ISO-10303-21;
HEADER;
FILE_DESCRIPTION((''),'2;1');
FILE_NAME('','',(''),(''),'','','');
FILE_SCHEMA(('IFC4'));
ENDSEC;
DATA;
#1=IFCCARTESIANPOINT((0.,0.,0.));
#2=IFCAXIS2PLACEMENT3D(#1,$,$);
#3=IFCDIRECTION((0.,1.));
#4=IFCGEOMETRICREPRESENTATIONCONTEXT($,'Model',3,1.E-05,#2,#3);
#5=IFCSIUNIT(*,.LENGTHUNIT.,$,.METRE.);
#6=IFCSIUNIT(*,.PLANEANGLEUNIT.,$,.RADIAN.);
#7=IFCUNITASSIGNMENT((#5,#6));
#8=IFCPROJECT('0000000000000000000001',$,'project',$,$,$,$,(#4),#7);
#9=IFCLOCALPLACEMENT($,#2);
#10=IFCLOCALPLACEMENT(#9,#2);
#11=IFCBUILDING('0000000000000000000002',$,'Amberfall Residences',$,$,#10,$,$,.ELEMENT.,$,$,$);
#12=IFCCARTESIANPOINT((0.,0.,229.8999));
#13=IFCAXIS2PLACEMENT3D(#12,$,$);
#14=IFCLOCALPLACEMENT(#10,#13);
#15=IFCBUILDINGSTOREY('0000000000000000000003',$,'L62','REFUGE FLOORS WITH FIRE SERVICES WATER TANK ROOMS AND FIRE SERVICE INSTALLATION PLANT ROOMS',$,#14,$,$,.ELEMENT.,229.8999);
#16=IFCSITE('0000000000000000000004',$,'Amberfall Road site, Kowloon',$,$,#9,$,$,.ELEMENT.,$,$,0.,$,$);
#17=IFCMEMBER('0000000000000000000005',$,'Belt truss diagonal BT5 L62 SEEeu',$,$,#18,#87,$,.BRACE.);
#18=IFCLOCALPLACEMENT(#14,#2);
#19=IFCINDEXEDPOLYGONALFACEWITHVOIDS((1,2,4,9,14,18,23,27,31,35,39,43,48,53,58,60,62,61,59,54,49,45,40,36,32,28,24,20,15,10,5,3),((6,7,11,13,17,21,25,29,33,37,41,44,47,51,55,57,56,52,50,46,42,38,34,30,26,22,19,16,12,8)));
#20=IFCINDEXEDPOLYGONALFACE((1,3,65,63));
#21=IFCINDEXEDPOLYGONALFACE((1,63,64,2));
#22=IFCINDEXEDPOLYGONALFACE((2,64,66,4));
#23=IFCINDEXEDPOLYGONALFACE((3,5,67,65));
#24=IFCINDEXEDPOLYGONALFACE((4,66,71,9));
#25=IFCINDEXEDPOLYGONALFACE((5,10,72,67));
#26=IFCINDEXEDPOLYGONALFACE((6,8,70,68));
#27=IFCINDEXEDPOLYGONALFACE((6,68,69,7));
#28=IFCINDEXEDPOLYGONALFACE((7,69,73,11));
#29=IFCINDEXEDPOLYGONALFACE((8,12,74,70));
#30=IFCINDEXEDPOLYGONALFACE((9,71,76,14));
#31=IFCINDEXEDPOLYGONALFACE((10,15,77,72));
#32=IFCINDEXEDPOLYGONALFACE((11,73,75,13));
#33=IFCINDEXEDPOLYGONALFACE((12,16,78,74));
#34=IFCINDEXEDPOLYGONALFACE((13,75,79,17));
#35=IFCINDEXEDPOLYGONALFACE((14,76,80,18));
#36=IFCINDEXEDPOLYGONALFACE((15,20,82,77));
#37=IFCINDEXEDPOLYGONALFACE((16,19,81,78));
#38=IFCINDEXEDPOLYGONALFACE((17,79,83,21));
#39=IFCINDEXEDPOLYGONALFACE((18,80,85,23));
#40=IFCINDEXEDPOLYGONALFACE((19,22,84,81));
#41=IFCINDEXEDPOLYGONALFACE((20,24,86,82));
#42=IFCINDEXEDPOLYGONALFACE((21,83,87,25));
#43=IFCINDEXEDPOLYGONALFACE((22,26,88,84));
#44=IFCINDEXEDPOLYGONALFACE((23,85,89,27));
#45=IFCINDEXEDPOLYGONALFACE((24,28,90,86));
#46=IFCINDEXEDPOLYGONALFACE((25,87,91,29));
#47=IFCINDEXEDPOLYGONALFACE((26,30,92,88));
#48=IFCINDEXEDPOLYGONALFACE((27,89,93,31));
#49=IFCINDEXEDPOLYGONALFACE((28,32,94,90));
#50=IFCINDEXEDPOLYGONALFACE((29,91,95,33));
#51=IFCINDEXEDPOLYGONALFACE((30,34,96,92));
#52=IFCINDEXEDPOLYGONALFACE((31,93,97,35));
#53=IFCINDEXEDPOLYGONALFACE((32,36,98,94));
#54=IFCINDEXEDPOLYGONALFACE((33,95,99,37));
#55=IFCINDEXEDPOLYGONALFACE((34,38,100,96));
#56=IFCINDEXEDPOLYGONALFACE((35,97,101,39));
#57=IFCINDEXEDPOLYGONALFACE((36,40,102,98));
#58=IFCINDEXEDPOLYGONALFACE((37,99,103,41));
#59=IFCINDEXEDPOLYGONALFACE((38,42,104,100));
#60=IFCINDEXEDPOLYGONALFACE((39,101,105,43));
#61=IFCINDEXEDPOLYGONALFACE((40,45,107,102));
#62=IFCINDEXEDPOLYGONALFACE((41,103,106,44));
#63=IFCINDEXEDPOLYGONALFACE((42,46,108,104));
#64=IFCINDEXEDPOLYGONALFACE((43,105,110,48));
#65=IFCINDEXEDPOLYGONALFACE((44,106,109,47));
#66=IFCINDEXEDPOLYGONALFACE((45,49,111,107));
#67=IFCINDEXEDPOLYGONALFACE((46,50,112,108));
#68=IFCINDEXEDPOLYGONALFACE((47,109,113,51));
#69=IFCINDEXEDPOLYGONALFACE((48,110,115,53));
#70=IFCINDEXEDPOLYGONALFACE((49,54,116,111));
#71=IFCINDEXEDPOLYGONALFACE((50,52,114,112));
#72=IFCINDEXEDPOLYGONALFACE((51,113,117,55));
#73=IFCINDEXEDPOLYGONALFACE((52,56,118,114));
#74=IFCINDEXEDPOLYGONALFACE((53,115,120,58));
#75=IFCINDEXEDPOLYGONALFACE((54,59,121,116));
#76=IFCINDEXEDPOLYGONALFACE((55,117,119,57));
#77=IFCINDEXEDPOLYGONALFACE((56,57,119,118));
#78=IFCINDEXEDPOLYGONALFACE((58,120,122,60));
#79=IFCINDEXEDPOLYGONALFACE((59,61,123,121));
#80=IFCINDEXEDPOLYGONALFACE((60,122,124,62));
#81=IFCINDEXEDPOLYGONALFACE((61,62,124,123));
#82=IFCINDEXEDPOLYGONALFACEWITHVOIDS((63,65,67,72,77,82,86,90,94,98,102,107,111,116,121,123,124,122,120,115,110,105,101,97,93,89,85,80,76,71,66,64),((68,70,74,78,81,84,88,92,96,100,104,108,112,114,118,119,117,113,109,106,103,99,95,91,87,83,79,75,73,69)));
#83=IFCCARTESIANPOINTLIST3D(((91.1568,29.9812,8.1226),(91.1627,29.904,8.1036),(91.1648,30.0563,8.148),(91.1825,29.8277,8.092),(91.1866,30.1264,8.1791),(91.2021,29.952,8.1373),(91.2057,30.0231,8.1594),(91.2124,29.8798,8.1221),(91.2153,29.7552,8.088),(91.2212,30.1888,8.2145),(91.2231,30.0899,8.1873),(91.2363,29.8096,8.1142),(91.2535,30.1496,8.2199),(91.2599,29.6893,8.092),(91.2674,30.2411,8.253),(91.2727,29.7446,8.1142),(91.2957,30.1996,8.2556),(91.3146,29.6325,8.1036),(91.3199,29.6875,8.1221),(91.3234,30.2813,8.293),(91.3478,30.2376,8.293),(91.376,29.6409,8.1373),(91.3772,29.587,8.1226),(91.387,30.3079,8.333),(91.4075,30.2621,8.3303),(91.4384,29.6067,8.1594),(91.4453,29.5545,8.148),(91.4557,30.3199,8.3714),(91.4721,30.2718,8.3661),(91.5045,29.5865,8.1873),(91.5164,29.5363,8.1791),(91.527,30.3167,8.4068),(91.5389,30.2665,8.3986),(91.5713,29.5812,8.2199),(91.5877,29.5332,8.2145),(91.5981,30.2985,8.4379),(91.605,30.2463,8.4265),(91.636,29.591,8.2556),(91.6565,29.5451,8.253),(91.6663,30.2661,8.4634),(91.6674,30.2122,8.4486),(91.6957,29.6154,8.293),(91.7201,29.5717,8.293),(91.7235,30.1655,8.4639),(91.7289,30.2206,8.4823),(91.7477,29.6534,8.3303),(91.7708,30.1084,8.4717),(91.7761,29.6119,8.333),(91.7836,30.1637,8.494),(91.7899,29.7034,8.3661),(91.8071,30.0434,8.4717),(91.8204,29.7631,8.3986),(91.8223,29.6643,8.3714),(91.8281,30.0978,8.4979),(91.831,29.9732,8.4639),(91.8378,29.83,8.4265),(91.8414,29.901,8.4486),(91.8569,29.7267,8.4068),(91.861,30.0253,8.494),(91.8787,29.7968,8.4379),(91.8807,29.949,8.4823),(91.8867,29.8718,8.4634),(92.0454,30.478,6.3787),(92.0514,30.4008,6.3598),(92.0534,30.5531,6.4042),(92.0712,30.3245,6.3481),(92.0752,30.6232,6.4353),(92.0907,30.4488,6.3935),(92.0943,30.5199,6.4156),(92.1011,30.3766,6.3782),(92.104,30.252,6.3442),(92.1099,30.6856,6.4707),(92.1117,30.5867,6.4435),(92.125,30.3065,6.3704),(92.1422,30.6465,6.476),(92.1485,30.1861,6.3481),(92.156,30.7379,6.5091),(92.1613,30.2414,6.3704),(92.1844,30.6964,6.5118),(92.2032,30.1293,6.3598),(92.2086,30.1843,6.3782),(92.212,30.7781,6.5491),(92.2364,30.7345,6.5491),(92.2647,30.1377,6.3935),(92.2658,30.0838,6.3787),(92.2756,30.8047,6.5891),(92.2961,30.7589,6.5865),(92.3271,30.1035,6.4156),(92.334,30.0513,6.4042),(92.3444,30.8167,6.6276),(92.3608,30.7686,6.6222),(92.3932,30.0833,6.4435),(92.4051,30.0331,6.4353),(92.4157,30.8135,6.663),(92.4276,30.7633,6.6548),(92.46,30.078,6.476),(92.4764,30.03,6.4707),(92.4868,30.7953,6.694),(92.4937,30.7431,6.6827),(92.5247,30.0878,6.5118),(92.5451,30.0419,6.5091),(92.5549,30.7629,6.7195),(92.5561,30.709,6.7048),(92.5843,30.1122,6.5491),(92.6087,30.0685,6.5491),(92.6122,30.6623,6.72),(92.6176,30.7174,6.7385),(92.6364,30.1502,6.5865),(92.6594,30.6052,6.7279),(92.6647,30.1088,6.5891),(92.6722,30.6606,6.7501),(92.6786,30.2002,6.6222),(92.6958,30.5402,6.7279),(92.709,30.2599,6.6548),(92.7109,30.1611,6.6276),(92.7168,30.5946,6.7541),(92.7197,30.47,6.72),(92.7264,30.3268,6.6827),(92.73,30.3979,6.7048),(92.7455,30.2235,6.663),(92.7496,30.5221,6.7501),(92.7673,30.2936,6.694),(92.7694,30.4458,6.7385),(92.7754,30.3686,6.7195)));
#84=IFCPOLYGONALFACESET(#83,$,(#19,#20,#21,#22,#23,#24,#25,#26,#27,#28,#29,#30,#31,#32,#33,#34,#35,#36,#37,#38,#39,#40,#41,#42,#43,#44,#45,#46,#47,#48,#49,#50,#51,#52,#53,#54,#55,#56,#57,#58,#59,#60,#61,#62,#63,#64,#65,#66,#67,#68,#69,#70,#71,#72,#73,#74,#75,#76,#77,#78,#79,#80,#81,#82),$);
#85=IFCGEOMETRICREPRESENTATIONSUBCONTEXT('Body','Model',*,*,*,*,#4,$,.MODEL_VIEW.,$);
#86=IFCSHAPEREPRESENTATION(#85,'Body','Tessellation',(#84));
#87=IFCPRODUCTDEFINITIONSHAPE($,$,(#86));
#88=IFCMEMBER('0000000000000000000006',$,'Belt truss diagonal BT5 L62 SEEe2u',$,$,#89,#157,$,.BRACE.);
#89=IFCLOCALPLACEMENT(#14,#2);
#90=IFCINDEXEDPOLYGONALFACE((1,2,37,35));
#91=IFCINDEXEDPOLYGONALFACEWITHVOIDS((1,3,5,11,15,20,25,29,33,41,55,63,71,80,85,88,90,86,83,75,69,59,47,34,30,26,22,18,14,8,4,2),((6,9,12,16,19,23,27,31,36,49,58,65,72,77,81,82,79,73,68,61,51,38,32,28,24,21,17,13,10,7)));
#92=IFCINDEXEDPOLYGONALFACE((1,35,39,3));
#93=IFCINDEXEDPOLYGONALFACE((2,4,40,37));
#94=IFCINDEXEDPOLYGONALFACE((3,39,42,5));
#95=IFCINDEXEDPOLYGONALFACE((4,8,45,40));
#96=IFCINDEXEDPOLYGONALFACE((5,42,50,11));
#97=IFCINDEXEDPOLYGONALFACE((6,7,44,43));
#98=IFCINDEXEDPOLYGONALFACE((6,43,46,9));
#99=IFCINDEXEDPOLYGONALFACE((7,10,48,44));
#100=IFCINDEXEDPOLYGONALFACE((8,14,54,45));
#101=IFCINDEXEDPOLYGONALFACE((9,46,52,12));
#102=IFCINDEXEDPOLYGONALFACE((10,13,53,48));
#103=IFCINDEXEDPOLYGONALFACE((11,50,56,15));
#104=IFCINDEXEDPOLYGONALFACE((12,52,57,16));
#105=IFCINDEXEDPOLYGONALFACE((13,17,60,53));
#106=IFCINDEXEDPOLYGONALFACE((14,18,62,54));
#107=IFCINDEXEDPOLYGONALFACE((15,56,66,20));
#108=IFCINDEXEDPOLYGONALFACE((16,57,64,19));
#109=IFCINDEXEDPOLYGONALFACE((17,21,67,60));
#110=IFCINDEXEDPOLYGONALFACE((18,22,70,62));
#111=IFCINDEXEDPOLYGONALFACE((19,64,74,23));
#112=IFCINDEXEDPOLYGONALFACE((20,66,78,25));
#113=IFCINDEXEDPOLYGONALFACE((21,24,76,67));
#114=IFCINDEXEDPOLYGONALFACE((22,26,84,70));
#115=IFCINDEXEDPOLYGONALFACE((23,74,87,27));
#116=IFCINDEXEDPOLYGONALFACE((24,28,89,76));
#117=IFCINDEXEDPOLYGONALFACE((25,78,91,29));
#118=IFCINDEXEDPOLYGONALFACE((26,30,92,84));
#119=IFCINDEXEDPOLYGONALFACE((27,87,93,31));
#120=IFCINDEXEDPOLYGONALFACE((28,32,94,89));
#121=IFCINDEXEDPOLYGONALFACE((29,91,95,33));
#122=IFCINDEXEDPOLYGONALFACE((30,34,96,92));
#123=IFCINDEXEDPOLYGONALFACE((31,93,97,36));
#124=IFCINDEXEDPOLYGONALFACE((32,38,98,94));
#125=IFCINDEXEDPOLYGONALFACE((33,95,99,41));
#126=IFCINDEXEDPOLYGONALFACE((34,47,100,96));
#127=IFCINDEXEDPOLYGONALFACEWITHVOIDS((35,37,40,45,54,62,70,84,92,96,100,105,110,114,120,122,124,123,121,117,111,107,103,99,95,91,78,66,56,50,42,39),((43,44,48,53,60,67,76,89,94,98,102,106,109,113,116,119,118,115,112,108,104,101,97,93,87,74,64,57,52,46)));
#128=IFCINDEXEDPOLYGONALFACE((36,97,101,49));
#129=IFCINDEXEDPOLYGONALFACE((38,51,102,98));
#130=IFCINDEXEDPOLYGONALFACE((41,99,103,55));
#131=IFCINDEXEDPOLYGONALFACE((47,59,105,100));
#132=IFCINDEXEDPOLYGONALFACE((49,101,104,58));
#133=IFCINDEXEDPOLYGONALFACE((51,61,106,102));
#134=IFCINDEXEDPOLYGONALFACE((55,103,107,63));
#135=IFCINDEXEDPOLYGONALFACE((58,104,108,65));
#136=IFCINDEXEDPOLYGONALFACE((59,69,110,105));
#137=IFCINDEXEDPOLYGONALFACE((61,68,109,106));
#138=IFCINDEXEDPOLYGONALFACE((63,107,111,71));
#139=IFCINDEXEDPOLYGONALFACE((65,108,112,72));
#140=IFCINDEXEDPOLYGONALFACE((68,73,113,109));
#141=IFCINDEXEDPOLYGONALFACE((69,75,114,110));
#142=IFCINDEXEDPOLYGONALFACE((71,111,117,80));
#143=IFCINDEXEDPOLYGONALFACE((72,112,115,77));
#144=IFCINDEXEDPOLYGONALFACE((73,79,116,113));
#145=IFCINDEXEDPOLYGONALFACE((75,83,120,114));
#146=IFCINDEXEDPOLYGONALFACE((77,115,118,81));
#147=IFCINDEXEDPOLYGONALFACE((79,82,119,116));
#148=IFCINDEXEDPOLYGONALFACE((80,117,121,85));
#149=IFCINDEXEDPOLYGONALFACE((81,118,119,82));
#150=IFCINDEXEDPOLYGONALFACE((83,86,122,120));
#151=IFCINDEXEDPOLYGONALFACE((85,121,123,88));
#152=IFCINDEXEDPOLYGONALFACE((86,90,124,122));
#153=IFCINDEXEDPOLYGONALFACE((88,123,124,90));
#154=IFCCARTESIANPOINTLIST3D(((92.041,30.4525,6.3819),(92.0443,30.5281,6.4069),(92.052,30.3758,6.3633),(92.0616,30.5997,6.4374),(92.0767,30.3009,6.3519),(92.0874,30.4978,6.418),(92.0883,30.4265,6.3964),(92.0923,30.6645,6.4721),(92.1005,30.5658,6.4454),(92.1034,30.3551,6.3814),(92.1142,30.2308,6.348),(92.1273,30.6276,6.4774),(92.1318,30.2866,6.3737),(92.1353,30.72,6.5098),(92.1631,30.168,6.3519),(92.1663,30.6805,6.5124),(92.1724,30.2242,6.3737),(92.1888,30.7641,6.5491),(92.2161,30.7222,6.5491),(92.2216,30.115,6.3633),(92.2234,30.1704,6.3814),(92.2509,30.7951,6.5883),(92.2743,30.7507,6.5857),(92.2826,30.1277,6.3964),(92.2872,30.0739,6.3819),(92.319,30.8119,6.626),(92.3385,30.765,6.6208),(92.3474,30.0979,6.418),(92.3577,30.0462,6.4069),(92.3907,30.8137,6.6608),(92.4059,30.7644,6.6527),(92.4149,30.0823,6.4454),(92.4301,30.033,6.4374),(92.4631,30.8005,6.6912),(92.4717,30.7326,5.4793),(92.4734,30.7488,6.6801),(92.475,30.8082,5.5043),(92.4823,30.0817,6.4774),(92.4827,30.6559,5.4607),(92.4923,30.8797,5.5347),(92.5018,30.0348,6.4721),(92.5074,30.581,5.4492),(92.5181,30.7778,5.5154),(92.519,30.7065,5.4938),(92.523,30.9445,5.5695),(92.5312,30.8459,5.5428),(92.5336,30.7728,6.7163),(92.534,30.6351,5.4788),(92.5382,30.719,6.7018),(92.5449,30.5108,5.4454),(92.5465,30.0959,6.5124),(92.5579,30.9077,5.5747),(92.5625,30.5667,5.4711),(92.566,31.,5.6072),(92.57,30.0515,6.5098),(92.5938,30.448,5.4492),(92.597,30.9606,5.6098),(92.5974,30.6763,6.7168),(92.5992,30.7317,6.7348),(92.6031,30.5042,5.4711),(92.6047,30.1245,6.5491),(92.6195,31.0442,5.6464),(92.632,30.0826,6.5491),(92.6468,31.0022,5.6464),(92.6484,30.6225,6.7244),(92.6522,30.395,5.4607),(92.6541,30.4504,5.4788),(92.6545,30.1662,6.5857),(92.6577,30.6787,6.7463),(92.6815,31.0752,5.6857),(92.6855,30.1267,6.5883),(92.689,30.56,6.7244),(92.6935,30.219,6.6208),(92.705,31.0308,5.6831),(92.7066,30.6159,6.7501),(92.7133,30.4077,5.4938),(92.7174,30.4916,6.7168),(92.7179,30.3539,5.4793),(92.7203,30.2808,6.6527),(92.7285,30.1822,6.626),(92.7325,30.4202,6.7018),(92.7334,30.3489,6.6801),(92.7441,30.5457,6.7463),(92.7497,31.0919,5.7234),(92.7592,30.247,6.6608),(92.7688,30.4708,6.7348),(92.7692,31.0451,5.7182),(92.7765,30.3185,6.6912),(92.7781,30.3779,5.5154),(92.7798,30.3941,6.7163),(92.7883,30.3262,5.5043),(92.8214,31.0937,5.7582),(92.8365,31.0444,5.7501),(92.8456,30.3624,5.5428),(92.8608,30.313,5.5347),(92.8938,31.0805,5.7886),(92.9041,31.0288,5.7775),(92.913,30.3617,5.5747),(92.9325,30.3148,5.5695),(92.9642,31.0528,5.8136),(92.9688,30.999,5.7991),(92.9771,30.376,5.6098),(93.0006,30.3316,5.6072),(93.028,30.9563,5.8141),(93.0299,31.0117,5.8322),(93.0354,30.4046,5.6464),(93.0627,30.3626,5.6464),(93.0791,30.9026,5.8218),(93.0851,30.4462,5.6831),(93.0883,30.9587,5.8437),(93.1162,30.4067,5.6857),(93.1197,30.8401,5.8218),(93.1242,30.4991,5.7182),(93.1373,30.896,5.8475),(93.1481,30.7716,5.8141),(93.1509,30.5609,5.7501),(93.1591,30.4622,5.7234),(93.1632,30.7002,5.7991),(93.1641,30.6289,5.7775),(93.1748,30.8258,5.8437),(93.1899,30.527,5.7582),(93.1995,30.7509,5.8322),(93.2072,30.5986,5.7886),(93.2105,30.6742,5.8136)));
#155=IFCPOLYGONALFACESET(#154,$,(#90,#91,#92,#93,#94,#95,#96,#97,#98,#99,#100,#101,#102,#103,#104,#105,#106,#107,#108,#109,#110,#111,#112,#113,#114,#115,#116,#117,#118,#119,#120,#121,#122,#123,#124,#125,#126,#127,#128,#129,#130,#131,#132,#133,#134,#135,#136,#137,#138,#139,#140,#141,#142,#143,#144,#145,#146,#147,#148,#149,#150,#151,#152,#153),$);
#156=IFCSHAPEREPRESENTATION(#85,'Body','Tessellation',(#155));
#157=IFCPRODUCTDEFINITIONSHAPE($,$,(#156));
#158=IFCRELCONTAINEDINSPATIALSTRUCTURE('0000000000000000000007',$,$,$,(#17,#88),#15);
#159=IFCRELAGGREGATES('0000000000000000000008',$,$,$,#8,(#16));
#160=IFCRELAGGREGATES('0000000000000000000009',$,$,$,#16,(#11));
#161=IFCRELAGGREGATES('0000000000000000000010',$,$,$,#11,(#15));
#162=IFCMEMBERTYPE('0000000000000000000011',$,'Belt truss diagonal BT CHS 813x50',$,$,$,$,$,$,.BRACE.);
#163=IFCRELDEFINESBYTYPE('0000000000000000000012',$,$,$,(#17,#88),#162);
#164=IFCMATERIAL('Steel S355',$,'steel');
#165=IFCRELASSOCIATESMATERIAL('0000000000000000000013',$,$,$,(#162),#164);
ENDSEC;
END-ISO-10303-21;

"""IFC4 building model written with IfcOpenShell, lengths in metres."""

from ifc_helpers import new_model, si_unit, direction, frame, origin, origin_2d, place, context, subcontext, project, spatial, hollow_circle, extrude, material, material_profile, profile_set, type_object, element, save


model = new_model("IFC4")

# Units and contexts
model_context = context("Model", 3, precision=1e-05, world=origin(), true_north=direction((0.0, 1.0)))
body_context = subcontext(model_context, "Body", "Model", "MODEL_VIEW")
ifc_project = project(units=[si_unit("LENGTHUNIT", "METRE"), si_unit("PLANEANGLEUNIT", "RADIAN")], contexts=[model_context])

# Site, building, storey
site_placement = place(None, origin())
site = spatial("IfcSite", under=ifc_project, at=site_placement, Name="Amberfall Road site, Kowloon", CompositionType="ELEMENT", RefElevation=0.0)
building_placement = place(site_placement, origin())
building = spatial("IfcBuilding", under=site, at=building_placement, Name="Amberfall Residences", CompositionType="ELEMENT")
storey_placement = place(building_placement, frame((0.0, 0.0, 229.8999)))
storey = spatial("IfcBuildingStorey", under=building, at=storey_placement, Name="L62", Description="REFUGE FLOORS WITH FIRE SERVICES WATER TANK ROOMS AND FIRE SERVICE INSTALLATION PLANT ROOMS", CompositionType="ELEMENT", Elevation=229.8999)

# Shared definitions
ifc_material = material(Name="Steel S355", Category="steel")

# Members
ifc_material_profile_1 = material_profile(ifc_material, hollow_circle(Radius=0.4065, WallThickness=0.05, at=origin_2d()), Name="CHS 813x50")
ifc_profile_set_1 = profile_set([ifc_material_profile_1], Name="Steel S355")
member_type_1 = type_object("IfcMemberType", Name="Belt truss diagonal BT CHS 813x50", PredefinedType="BRACE", material=ifc_profile_set_1)
member_1_placement = place(storey_placement, frame((91.5217, 29.9265, 8.293), z_axis=(0.44008, 0.246033, -0.863596), x_axis=(-0.487983, 0.872853, 0.0)))
element("IfcMember", 1, at=member_1_placement, inside=storey, type_object=member_type_1, Name="Belt truss diagonal BT5 L62 SEEeu", PredefinedType="BRACE", context=body_context, shape_type="SweptSolid", body=[
    extrude(hollow_circle(Radius=0.4065, WallThickness=0.05, at=origin_2d()), origin(), (0.0, 0.0, 1.0), 2.0193),
])
member_2_placement = place(storey_placement, frame((92.4104, 30.4233, 6.5491), z_axis=(0.414685, 0.269639, -0.869098), x_axis=(-0.545122, 0.838357, 0.0)))
element("IfcMember", 2, at=member_2_placement, inside=storey, type_object=member_type_1, Name="Belt truss diagonal BT5 L62 SEEe2u", PredefinedType="BRACE", context=body_context, shape_type="SweptSolid", body=[
    extrude(hollow_circle(Radius=0.4065, WallThickness=0.05, at=origin_2d()), origin(), (0.0, 0.0, 1.0), 1.0386),
])

save(model, "model.ifc")
